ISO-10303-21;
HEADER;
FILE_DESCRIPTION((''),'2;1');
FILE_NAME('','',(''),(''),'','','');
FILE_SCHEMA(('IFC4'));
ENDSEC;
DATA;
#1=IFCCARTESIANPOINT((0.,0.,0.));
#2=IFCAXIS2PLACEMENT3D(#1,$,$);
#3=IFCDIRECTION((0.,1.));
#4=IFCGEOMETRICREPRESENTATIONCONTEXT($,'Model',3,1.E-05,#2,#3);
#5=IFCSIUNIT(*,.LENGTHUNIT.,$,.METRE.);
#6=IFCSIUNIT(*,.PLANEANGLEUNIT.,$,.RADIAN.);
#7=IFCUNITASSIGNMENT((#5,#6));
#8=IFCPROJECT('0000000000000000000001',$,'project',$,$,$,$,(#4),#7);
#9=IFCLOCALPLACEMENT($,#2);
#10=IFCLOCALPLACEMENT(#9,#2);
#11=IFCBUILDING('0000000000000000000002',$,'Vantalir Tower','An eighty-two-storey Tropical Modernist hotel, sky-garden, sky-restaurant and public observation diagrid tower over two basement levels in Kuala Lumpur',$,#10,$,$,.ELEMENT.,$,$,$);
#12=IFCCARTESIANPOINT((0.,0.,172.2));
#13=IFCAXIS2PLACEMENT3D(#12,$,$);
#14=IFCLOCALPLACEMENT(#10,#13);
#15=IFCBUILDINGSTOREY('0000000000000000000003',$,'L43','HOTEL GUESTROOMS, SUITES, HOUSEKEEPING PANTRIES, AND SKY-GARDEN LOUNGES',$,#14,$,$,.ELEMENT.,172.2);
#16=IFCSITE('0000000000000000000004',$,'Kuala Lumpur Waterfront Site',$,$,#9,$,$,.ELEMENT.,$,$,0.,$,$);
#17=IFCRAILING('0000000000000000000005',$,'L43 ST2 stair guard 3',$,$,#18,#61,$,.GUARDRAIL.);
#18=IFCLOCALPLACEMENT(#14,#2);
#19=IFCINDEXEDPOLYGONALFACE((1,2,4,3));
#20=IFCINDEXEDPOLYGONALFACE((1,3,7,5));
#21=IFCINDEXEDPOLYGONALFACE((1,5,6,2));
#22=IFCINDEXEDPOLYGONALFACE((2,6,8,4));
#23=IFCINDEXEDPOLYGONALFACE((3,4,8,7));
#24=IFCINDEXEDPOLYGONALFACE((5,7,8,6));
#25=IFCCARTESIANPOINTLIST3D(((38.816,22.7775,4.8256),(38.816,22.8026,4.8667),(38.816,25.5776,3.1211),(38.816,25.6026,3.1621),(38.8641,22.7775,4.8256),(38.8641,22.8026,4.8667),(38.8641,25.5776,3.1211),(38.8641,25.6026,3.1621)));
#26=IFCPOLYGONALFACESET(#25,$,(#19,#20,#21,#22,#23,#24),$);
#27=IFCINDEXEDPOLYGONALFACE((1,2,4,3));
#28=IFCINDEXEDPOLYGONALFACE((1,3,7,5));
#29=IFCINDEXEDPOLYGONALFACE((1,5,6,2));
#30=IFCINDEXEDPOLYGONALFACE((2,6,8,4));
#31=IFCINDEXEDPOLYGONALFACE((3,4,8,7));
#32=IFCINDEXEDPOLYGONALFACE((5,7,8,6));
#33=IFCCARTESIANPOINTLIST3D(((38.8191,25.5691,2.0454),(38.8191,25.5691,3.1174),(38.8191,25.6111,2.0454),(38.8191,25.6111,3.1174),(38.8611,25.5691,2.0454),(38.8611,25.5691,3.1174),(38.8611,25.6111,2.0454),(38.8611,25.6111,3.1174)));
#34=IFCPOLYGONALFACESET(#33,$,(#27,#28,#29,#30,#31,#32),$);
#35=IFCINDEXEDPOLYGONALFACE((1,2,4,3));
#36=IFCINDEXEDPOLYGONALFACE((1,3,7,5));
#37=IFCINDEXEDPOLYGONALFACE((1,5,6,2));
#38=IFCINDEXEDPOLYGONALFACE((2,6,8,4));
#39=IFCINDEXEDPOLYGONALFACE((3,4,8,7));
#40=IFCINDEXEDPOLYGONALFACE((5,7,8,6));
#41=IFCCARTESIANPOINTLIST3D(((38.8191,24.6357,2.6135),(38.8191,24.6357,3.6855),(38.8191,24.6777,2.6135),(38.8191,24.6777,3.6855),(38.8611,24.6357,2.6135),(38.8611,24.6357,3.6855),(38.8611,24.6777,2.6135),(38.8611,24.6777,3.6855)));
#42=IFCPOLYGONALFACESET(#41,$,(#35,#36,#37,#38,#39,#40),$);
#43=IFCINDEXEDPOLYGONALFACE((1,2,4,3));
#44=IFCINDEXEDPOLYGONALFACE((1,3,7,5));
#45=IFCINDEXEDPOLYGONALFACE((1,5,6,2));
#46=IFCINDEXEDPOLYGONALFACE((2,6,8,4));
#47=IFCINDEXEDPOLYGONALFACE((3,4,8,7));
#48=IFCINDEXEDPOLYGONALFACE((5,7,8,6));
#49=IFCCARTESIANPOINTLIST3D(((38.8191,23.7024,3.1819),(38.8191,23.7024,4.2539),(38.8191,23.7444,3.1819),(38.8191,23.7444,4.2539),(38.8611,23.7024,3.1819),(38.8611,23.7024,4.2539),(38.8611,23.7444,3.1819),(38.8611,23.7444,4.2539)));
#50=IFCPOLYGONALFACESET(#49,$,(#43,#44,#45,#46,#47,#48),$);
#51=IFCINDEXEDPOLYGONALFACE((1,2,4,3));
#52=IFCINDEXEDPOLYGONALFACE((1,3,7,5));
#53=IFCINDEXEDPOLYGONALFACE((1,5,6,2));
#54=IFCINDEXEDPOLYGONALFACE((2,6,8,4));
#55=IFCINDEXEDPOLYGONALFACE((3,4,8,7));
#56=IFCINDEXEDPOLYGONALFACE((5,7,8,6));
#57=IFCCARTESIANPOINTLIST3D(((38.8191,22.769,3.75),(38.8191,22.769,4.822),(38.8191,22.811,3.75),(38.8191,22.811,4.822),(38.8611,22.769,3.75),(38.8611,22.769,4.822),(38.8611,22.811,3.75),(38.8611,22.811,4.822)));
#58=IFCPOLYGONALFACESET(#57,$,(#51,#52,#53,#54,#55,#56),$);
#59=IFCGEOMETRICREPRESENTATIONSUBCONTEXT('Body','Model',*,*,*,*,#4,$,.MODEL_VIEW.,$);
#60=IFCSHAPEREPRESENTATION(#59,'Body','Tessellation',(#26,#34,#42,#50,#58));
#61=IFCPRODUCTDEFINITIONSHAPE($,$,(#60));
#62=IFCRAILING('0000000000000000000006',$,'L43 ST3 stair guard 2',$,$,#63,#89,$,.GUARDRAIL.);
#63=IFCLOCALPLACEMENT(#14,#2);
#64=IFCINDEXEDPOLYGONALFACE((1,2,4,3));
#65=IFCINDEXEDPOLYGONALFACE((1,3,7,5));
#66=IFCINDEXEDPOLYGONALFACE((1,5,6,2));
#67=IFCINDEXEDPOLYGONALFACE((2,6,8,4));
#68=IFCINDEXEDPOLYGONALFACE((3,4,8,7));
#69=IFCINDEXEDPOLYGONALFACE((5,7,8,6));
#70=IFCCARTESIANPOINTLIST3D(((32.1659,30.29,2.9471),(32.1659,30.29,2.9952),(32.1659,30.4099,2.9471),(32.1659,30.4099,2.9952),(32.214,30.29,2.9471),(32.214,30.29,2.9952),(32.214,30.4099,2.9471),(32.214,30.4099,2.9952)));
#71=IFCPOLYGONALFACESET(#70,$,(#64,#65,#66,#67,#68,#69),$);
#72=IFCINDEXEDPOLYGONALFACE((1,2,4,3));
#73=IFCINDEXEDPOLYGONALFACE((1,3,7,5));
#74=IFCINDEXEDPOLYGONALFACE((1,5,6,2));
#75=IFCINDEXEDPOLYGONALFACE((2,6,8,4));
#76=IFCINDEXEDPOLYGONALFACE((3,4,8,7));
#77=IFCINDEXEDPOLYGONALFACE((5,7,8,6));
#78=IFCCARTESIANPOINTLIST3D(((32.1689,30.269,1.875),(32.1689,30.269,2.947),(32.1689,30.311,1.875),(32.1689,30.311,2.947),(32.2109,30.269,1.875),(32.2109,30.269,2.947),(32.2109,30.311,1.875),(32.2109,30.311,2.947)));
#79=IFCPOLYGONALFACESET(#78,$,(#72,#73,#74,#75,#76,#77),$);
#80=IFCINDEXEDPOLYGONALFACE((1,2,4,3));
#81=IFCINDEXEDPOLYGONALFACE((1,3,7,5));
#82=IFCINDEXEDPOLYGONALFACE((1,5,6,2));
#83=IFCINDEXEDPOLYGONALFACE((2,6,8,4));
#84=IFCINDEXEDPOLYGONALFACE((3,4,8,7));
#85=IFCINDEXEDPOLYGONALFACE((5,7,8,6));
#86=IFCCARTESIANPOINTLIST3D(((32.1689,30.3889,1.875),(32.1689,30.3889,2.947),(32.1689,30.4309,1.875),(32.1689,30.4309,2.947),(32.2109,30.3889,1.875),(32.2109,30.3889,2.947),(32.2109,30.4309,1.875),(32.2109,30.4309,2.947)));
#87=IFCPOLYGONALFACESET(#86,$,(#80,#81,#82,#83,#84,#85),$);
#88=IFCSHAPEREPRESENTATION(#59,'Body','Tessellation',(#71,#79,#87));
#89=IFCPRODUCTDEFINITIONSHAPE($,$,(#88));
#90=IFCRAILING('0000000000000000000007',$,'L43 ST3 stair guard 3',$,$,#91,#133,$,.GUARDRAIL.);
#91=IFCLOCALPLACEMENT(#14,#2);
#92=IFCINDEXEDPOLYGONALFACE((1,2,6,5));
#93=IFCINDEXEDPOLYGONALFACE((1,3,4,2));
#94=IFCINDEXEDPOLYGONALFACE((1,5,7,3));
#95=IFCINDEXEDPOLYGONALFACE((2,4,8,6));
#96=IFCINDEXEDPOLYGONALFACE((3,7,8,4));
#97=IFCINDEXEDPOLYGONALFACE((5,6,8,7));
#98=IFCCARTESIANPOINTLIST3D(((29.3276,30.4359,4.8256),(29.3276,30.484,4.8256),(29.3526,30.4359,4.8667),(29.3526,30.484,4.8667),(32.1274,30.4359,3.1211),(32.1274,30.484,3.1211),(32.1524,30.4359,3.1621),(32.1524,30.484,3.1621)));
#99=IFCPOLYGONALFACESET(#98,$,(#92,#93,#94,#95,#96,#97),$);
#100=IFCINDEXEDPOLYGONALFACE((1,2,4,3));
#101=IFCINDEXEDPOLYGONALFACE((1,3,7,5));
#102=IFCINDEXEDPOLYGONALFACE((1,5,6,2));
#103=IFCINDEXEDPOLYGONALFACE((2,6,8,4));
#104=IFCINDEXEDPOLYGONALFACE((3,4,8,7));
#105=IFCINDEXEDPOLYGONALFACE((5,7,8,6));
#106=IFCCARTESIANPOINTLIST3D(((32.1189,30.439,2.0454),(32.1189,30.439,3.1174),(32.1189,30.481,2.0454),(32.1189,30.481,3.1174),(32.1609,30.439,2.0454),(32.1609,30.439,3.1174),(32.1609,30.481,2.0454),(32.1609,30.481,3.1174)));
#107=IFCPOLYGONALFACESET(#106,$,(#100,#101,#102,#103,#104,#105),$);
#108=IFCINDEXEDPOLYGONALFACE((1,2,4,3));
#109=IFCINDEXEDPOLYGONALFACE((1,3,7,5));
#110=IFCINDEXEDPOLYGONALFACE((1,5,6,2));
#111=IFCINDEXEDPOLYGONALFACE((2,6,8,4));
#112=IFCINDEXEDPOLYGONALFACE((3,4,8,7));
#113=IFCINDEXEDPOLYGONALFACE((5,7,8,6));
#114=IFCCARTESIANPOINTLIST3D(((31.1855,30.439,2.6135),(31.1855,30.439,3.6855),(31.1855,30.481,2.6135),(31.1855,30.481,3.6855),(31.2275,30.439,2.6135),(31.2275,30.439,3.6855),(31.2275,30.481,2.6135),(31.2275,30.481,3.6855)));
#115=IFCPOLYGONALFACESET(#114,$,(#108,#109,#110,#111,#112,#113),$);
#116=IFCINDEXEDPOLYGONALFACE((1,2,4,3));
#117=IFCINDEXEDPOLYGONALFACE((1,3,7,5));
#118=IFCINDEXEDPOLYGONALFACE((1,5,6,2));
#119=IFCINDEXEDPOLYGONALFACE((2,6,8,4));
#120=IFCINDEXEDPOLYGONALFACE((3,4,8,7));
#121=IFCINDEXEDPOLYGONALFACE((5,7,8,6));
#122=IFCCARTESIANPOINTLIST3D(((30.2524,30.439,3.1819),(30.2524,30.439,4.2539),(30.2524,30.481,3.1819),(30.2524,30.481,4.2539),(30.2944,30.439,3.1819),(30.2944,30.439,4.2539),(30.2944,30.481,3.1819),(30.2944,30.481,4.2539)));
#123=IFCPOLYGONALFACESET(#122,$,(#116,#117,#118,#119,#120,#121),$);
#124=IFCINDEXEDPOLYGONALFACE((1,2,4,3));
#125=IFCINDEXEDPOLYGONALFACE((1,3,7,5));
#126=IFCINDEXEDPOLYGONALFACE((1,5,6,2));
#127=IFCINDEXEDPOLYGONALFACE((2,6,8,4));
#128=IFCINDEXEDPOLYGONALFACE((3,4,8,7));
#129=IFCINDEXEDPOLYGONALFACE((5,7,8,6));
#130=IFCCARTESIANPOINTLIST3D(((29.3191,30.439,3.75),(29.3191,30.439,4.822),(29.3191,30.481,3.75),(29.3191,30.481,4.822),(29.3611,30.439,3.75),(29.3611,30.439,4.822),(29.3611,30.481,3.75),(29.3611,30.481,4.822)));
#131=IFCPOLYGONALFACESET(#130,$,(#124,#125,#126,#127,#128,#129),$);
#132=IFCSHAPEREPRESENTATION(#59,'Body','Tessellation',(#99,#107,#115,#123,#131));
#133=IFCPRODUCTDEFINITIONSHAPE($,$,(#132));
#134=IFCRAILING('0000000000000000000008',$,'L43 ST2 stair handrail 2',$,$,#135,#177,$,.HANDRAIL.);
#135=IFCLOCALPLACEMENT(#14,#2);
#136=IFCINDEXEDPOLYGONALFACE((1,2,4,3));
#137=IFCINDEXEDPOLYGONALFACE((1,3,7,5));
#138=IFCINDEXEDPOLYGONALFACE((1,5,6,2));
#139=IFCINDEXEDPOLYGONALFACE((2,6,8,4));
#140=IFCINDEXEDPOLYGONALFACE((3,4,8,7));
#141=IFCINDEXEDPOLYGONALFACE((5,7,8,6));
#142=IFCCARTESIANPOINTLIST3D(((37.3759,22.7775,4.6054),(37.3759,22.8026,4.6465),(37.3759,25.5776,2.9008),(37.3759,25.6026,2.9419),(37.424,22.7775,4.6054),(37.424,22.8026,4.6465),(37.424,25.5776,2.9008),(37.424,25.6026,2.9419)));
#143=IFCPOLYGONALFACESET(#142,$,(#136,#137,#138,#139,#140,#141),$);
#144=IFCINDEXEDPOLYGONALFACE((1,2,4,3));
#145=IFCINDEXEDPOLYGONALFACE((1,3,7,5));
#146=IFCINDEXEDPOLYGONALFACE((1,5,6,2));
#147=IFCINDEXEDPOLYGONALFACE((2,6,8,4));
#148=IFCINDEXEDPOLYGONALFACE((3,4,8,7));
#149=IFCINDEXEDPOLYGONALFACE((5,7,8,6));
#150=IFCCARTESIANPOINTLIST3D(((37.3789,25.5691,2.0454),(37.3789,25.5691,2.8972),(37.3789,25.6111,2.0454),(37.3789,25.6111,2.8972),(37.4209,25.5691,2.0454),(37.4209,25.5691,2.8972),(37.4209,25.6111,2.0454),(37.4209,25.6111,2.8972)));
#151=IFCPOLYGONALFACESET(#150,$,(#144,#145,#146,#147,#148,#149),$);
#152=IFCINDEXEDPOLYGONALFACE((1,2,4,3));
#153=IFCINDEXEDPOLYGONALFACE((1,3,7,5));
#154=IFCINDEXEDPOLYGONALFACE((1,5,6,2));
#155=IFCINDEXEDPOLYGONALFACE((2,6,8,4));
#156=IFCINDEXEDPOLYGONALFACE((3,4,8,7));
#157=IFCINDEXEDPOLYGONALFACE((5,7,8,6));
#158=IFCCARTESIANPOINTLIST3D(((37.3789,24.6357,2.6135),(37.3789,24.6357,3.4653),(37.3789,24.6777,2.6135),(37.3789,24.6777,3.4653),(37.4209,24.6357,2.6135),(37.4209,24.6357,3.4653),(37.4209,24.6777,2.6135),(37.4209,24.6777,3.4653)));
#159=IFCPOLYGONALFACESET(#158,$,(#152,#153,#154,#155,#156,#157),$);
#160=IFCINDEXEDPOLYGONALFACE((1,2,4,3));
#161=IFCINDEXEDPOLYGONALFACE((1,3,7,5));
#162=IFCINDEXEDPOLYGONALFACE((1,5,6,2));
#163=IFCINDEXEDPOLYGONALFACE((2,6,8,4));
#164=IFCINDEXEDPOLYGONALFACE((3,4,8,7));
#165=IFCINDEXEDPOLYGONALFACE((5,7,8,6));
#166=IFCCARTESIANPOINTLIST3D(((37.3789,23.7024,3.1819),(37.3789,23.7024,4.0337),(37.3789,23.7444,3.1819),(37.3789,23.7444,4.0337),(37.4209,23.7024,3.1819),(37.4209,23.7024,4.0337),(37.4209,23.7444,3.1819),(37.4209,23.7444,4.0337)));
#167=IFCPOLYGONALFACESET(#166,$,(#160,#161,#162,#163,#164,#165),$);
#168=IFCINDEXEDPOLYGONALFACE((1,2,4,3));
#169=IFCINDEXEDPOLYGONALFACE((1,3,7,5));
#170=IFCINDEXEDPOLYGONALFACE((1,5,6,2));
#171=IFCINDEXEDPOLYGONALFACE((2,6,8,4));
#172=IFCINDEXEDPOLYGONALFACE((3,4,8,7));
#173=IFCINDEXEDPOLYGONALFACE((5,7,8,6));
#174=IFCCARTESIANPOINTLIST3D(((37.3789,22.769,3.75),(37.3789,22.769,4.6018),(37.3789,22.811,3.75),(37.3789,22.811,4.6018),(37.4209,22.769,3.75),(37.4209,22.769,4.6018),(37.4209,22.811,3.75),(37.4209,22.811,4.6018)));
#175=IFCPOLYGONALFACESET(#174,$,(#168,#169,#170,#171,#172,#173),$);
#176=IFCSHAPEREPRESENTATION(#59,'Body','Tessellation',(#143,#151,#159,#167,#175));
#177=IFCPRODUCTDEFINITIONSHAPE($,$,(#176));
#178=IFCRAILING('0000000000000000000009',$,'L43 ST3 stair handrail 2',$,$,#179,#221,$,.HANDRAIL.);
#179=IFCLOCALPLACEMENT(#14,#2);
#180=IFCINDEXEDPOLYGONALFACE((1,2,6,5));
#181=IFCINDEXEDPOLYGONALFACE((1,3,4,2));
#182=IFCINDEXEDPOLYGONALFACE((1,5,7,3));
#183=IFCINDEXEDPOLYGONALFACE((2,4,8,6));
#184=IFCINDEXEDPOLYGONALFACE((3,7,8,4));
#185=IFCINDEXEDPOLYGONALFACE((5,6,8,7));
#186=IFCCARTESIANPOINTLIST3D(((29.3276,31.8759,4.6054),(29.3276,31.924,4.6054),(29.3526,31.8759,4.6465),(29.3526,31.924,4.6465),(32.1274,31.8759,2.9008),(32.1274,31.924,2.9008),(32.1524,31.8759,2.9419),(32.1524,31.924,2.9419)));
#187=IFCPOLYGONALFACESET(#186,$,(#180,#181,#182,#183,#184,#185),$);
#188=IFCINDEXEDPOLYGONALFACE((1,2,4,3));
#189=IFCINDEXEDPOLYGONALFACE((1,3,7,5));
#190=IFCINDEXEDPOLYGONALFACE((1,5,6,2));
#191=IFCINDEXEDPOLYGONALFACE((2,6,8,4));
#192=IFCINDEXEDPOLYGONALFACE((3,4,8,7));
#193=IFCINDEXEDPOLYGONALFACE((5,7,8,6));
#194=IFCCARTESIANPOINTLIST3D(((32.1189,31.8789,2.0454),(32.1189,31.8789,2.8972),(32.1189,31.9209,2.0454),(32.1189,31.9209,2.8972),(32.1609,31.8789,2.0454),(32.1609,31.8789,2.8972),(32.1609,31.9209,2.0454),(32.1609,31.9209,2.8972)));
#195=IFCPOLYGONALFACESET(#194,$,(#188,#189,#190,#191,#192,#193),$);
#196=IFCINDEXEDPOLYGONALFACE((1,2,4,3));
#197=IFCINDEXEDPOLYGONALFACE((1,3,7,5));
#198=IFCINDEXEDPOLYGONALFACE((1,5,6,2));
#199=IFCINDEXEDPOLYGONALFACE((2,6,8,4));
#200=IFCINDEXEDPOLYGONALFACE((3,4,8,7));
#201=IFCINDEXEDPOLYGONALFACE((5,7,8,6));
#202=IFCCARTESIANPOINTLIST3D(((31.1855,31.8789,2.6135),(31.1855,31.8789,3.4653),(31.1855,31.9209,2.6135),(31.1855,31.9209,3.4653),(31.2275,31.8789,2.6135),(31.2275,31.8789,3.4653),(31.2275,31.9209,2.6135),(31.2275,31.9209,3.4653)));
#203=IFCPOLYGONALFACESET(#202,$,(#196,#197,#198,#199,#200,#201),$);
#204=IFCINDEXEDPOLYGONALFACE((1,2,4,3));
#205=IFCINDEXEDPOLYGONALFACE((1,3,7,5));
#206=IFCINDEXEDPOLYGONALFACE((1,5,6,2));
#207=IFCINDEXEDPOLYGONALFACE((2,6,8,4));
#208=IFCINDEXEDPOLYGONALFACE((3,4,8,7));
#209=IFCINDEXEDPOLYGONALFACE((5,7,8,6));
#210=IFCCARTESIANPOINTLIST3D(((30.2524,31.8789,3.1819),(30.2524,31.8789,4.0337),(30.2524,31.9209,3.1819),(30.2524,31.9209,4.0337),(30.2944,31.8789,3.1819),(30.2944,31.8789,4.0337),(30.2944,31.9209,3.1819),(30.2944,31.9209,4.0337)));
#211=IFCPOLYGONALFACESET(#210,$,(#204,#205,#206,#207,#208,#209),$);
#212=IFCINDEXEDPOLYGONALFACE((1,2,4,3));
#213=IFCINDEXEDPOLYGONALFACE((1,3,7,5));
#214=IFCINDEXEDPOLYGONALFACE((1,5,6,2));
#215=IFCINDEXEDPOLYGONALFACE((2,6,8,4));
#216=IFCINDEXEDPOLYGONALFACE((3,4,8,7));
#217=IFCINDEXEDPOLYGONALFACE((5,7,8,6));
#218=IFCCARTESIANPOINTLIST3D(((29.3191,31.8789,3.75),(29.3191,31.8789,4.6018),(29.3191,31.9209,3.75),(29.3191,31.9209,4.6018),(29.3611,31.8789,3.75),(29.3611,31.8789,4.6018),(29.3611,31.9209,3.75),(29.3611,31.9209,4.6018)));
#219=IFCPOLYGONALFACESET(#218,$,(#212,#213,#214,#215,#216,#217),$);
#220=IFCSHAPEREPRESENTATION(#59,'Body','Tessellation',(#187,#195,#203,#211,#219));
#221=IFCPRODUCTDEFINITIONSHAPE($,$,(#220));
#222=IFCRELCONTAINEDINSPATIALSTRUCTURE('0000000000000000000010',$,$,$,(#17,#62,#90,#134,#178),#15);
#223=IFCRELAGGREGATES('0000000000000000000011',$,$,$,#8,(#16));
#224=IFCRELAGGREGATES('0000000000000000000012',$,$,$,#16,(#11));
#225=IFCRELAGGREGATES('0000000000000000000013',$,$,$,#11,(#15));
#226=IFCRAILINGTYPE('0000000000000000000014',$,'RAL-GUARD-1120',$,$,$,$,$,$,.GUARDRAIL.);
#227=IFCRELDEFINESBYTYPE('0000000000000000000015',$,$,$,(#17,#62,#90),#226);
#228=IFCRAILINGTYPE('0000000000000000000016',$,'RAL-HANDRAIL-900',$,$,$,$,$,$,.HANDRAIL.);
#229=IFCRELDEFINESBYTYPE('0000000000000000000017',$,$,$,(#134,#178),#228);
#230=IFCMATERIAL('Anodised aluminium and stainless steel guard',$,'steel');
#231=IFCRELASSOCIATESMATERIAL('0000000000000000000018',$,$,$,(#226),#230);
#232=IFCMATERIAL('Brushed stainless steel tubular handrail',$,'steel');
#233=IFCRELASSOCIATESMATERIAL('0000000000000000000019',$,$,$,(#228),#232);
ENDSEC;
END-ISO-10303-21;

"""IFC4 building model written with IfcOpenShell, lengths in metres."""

from ifc_helpers import new_model, si_unit, direction, frame, origin, origin_2d, place, context, subcontext, project, spatial, rectangle, extrude, material, type_object, element, save


model = new_model("IFC4")

# Units and contexts
model_context = context("Model", 3, precision=1e-05, world=origin(), true_north=direction((0.0, 1.0)))
body_context = subcontext(model_context, "Body", "Model", "MODEL_VIEW")
ifc_project = project(units=[si_unit("LENGTHUNIT", "METRE"), si_unit("PLANEANGLEUNIT", "RADIAN")], contexts=[model_context])

# Site, building, storey
site_placement = place(None, origin())
site = spatial("IfcSite", under=ifc_project, at=site_placement, Name="Kuala Lumpur Waterfront Site", CompositionType="ELEMENT", RefElevation=0.0)
building_placement = place(site_placement, origin())
building = spatial("IfcBuilding", under=site, at=building_placement, Name="Vantalir Tower", Description="An eighty-two-storey Tropical Modernist hotel, sky-garden, sky-restaurant and public observation diagrid tower over two basement levels in Kuala Lumpur", CompositionType="ELEMENT")
storey_placement = place(building_placement, frame((0.0, 0.0, 172.2)))
storey = spatial("IfcBuildingStorey", under=building, at=storey_placement, Name="L43", Description="HOTEL GUESTROOMS, SUITES, HOUSEKEEPING PANTRIES, AND SKY-GARDEN LOUNGES", CompositionType="ELEMENT", Elevation=172.2)

# Railings
ifc_material_1 = material(Name="Anodised aluminium and stainless steel guard", Category="steel")
railing_type_1 = type_object("IfcRailingType", Name="RAL-GUARD-1120", PredefinedType="GUARDRAIL", material=ifc_material_1)
railing_1_placement = place(storey_placement, frame((38.8401, 25.5901, 2.0454)))
element("IfcRailing", 1, at=railing_1_placement, inside=storey, type_object=railing_type_1, Name="L43 ST2 stair guard 3", PredefinedType="GUARDRAIL", context=body_context, shape_type="SweptSolid", body=[
    extrude(rectangle(XDim=0.0481, YDim=0.0481, at=origin_2d()), frame((0.0, 0.0, 1.0962), z_axis=(0.0, -0.85417, 0.519994), x_axis=(1.0, 0.0, 0.0)), (0.0, 0.0, 1.0), 3.2781),
    extrude(rectangle(XDim=0.042, YDim=0.042, at=origin_2d()), origin(), (0.0, 0.0, 1.0), 1.072),
    extrude(rectangle(XDim=0.042, YDim=0.042, at=origin_2d()), frame((0.0, -0.9333, 0.5681)), (0.0, 0.0, 1.0), 1.072),
    extrude(rectangle(XDim=0.042, YDim=0.042, at=origin_2d()), frame((0.0, -1.8667, 1.1365)), (0.0, 0.0, 1.0), 1.072),
    extrude(rectangle(XDim=0.042, YDim=0.042, at=origin_2d()), frame((0.0, -2.8, 1.7046)), (0.0, 0.0, 1.0), 1.072),
])
railing_2_placement = place(storey_placement, frame((32.1899, 30.29, 1.875)))
element("IfcRailing", 2, at=railing_2_placement, inside=storey, type_object=railing_type_1, Name="L43 ST3 stair guard 2", PredefinedType="GUARDRAIL", context=body_context, shape_type="SweptSolid", body=[
    extrude(rectangle(XDim=0.0481, YDim=0.0481, at=origin_2d()), frame((0.0, 0.0, 1.0962), z_axis=(0.0, 1.0, 0.0), x_axis=(-1.0, 0.0, 0.0)), (0.0, 0.0, 1.0), 0.1199),
    extrude(rectangle(XDim=0.042, YDim=0.042, at=origin_2d()), origin(), (0.0, 0.0, 1.0), 1.072),
    extrude(rectangle(XDim=0.042, YDim=0.042, at=origin_2d()), frame((0.0, 0.1199, 0.0)), (0.0, 0.0, 1.0), 1.072),
])
railing_3_placement = place(storey_placement, frame((32.1399, 30.46, 2.0454)))
element("IfcRailing", 3, at=railing_3_placement, inside=storey, type_object=railing_type_1, Name="L43 ST3 stair guard 3", PredefinedType="GUARDRAIL", context=body_context, shape_type="SweptSolid", body=[
    extrude(rectangle(XDim=0.0481, YDim=0.0481, at=origin_2d()), frame((0.0, 0.0, 1.0962), z_axis=(-0.85415, 0.0, 0.520027), x_axis=(0.0, -1.0, 0.0)), (0.0, 0.0, 1.0), 3.2778),
    extrude(rectangle(XDim=0.042, YDim=0.042, at=origin_2d()), origin(), (0.0, 0.0, 1.0), 1.072),
    extrude(rectangle(XDim=0.042, YDim=0.042, at=origin_2d()), frame((-0.9333, 0.0, 0.5681)), (0.0, 0.0, 1.0), 1.072),
    extrude(rectangle(XDim=0.042, YDim=0.042, at=origin_2d()), frame((-1.8665, 0.0, 1.1365)), (0.0, 0.0, 1.0), 1.072),
    extrude(rectangle(XDim=0.042, YDim=0.042, at=origin_2d()), frame((-2.7998, 0.0, 1.7046)), (0.0, 0.0, 1.0), 1.072),
])
ifc_material_2 = material(Name="Brushed stainless steel tubular handrail", Category="steel")
railing_type_2 = type_object("IfcRailingType", Name="RAL-HANDRAIL-900", PredefinedType="HANDRAIL", material=ifc_material_2)
railing_4_placement = place(storey_placement, frame((37.3999, 25.5901, 2.0454)))
element("IfcRailing", 4, at=railing_4_placement, inside=storey, type_object=railing_type_2, Name="L43 ST2 stair handrail 2", PredefinedType="HANDRAIL", context=body_context, shape_type="SweptSolid", body=[
    extrude(rectangle(XDim=0.0481, YDim=0.0481, at=origin_2d()), frame((0.0, 0.0, 0.876), z_axis=(0.0, -0.85417, 0.519994), x_axis=(1.0, 0.0, 0.0)), (0.0, 0.0, 1.0), 3.2781),
    extrude(rectangle(XDim=0.042, YDim=0.042, at=origin_2d()), origin(), (0.0, 0.0, 1.0), 0.8518),
    extrude(rectangle(XDim=0.042, YDim=0.042, at=origin_2d()), frame((0.0, -0.9333, 0.5681)), (0.0, 0.0, 1.0), 0.8518),
    extrude(rectangle(XDim=0.042, YDim=0.042, at=origin_2d()), frame((0.0, -1.8667, 1.1365)), (0.0, 0.0, 1.0), 0.8518),
    extrude(rectangle(XDim=0.042, YDim=0.042, at=origin_2d()), frame((0.0, -2.8, 1.7046)), (0.0, 0.0, 1.0), 0.8518),
])
railing_5_placement = place(storey_placement, frame((32.1399, 31.8999, 2.0454)))
element("IfcRailing", 5, at=railing_5_placement, inside=storey, type_object=railing_type_2, Name="L43 ST3 stair handrail 2", PredefinedType="HANDRAIL", context=body_context, shape_type="SweptSolid", body=[
    extrude(rectangle(XDim=0.0481, YDim=0.0481, at=origin_2d()), frame((0.0, 0.0, 0.876), z_axis=(-0.85415, 0.0, 0.520027), x_axis=(0.0, -1.0, 0.0)), (0.0, 0.0, 1.0), 3.2778),
    extrude(rectangle(XDim=0.042, YDim=0.042, at=origin_2d()), origin(), (0.0, 0.0, 1.0), 0.8518),
    extrude(rectangle(XDim=0.042, YDim=0.042, at=origin_2d()), frame((-0.9333, 0.0, 0.5681)), (0.0, 0.0, 1.0), 0.8518),
    extrude(rectangle(XDim=0.042, YDim=0.042, at=origin_2d()), frame((-1.8665, 0.0, 1.1365)), (0.0, 0.0, 1.0), 0.8518),
    extrude(rectangle(XDim=0.042, YDim=0.042, at=origin_2d()), frame((-2.7998, 0.0, 1.7046)), (0.0, 0.0, 1.0), 0.8518),
])

save(model, "model.ifc")
